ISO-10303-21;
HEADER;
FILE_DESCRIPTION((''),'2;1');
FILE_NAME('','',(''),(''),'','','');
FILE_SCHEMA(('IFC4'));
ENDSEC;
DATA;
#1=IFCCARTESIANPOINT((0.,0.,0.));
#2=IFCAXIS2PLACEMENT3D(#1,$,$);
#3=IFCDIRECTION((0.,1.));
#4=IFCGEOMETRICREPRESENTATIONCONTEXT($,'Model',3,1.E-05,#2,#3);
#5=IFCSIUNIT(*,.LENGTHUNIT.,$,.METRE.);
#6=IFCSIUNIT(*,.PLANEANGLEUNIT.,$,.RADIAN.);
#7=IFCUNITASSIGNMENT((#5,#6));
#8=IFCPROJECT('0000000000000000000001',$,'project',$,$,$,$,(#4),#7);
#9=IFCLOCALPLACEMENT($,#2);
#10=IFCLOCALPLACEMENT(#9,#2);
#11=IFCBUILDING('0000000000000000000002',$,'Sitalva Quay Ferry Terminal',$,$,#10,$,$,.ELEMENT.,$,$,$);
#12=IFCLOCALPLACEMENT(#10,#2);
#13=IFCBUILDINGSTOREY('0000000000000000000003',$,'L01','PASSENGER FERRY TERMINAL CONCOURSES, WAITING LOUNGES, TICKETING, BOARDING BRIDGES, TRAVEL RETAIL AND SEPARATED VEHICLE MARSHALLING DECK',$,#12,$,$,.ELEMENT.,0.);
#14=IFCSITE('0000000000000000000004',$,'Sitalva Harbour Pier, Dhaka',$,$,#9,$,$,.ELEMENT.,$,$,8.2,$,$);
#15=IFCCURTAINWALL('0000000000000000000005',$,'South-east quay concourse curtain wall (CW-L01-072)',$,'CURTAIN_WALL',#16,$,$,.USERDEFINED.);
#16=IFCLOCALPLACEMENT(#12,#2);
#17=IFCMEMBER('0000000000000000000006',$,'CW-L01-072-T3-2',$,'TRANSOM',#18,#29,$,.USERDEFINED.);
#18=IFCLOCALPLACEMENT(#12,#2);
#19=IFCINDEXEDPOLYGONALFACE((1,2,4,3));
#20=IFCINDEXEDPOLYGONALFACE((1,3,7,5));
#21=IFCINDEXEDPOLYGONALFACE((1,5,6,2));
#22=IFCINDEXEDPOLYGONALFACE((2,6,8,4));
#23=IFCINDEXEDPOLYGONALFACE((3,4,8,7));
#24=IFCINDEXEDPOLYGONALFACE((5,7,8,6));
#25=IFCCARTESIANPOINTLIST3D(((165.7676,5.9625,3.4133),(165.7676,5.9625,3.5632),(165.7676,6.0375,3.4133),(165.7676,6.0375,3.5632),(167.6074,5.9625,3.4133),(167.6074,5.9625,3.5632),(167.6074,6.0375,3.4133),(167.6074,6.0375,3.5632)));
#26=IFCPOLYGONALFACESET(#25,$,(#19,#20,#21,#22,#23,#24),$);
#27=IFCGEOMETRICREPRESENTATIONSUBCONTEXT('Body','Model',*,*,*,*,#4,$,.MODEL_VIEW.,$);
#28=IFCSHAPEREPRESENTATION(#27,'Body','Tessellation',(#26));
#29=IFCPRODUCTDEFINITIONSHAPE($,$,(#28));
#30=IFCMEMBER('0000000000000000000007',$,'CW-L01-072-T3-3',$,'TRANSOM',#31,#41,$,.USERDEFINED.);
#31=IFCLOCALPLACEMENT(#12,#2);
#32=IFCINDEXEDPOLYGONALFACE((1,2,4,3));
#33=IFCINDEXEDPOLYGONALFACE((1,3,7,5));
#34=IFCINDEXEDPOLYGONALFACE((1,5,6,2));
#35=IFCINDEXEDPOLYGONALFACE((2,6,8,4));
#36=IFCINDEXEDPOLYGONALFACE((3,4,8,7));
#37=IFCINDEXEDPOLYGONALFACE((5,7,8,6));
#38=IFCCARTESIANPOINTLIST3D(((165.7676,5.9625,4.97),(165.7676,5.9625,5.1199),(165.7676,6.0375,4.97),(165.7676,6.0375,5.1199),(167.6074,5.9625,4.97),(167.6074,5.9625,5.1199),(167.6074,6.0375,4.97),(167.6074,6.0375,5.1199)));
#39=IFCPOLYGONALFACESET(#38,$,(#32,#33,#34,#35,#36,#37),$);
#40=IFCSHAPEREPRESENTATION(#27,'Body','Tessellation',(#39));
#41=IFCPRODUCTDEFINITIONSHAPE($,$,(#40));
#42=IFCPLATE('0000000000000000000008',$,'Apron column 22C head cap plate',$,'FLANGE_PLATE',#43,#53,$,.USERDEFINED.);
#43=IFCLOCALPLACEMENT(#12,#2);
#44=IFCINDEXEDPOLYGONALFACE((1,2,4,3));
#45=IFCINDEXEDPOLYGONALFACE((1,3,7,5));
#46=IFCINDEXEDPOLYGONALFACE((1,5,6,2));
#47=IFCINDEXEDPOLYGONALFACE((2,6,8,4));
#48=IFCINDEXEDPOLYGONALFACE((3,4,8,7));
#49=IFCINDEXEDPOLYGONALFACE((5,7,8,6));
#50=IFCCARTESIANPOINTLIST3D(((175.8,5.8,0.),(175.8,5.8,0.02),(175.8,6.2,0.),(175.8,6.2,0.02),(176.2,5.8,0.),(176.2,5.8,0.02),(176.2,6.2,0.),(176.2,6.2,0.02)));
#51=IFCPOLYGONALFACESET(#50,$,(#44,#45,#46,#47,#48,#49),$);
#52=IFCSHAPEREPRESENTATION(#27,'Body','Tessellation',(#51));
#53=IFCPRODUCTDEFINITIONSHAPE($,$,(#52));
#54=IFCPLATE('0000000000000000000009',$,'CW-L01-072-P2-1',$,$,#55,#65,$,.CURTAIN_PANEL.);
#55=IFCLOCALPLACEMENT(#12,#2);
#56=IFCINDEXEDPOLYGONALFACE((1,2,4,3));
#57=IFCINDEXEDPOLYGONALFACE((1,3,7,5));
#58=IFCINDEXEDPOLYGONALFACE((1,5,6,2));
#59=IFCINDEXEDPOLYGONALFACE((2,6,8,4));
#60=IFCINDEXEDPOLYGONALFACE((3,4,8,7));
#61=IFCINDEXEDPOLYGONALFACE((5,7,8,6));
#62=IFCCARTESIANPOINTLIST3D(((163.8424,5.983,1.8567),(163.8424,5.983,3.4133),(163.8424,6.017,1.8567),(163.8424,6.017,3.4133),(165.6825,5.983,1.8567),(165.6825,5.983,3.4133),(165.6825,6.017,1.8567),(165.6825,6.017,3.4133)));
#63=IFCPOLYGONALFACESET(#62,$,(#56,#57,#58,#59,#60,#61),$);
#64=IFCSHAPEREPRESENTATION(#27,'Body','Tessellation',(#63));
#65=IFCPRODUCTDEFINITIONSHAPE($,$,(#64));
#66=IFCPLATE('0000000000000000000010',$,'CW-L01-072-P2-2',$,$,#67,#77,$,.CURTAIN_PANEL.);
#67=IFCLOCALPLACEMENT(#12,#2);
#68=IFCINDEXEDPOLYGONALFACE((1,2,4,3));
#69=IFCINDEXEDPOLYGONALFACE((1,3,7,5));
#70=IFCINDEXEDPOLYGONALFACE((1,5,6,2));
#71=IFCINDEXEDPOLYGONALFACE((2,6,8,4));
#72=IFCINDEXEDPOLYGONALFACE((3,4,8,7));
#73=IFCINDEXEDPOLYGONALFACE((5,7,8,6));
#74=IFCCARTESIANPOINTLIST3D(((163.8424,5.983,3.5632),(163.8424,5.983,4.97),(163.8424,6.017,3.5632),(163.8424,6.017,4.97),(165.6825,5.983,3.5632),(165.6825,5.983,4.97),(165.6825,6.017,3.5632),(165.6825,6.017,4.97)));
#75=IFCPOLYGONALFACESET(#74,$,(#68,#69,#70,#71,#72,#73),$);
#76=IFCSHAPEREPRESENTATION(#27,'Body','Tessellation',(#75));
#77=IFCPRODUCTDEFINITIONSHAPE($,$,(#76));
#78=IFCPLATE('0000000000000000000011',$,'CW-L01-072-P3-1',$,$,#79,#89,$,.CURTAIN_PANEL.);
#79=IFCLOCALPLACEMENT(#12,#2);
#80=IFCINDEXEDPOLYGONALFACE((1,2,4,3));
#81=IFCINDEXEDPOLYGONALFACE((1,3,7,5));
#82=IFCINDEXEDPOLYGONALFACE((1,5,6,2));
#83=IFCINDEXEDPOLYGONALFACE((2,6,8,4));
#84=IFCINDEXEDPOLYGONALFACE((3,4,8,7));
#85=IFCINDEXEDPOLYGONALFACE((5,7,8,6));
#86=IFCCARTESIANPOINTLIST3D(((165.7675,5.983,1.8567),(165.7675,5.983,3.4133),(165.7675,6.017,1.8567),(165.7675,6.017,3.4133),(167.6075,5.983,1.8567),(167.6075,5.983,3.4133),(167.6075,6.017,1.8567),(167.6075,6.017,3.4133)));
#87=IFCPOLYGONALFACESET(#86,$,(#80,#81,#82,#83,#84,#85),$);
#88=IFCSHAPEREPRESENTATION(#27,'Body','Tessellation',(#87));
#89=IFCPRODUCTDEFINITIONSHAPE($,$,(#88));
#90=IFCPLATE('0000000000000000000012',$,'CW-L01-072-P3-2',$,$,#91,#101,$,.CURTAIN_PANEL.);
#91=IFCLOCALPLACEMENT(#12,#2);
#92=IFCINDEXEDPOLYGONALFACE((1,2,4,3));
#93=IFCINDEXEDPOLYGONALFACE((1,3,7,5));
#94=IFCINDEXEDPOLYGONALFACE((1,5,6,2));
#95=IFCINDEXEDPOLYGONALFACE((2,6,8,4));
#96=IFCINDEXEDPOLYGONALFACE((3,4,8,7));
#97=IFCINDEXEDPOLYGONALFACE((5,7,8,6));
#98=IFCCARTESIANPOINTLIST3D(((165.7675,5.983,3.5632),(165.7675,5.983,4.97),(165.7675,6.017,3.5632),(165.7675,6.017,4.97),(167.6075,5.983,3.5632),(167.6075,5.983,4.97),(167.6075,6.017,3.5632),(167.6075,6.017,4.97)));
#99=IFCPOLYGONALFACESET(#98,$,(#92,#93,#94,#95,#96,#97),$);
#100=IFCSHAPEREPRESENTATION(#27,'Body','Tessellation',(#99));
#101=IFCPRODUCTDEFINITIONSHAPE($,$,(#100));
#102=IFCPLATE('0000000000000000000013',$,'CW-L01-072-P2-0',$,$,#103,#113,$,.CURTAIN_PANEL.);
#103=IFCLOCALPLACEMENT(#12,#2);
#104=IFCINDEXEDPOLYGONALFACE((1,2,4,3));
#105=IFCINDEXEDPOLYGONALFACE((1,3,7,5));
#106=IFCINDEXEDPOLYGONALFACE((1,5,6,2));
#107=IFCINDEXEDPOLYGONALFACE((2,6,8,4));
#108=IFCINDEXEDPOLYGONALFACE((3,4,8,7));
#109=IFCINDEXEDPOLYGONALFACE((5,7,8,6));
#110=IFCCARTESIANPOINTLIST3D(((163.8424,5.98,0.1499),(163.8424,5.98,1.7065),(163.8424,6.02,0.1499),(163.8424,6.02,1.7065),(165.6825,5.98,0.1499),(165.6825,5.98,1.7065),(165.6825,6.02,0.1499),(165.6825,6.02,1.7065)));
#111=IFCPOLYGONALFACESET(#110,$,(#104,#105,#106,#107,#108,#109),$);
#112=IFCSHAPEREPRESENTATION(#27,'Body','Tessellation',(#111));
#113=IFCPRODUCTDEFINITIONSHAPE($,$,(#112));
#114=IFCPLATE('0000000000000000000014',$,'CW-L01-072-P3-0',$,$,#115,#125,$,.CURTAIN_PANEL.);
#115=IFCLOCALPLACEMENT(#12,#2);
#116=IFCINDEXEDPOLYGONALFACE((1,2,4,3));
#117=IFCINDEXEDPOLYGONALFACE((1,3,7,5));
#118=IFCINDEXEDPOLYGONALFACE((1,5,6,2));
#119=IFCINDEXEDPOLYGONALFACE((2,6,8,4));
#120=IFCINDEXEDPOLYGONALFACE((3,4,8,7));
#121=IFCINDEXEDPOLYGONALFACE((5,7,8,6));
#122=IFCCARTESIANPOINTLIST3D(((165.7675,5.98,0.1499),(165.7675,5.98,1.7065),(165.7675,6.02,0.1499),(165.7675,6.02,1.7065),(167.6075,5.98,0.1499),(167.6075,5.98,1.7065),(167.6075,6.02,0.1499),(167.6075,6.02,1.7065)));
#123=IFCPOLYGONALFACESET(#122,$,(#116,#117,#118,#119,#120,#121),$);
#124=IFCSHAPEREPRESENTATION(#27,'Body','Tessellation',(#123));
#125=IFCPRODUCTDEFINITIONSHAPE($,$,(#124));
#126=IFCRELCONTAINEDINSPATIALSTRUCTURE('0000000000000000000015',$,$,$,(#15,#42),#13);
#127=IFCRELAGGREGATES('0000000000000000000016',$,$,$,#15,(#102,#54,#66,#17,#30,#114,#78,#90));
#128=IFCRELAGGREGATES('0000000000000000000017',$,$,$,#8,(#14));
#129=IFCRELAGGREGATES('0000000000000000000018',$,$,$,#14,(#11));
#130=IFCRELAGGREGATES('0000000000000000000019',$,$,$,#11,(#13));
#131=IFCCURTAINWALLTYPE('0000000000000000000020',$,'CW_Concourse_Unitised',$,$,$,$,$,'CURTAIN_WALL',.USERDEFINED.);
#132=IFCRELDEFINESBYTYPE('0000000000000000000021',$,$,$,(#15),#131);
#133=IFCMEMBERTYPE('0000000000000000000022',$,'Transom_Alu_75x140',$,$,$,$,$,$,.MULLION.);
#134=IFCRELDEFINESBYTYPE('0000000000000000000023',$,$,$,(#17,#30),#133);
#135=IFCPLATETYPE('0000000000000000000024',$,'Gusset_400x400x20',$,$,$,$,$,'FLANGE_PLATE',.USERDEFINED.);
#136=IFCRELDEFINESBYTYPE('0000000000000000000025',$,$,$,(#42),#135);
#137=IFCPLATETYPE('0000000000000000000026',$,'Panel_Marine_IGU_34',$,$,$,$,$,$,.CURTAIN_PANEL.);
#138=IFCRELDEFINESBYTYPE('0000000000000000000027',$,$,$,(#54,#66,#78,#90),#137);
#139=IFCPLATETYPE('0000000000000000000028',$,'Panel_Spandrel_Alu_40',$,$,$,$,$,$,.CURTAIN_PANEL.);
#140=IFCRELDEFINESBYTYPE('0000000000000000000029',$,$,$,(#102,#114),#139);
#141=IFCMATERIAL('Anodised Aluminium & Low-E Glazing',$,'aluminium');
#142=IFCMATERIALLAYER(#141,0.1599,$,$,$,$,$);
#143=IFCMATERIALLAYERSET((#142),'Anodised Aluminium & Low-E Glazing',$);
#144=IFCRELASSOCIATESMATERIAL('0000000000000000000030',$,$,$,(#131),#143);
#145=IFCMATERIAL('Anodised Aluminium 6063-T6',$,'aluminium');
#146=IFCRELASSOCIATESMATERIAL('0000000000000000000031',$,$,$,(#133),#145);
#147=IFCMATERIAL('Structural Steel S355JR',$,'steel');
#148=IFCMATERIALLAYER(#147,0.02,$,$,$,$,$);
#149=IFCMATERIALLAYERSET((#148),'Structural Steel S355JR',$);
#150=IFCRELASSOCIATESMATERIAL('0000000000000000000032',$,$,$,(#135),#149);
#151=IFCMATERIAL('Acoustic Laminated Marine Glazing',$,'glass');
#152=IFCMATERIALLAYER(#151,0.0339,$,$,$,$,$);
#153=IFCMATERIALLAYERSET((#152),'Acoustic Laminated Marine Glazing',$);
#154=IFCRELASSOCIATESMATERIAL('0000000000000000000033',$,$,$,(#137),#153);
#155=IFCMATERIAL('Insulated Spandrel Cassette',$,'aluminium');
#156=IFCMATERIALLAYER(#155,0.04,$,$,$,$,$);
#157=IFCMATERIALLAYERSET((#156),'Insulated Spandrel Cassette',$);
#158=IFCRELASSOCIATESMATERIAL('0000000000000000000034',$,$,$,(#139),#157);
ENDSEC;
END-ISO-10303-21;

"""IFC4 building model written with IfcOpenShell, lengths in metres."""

from ifc_helpers import new_model, si_unit, direction, frame, origin, origin_2d, place, context, subcontext, project, spatial, rectangle, extrude, material, layer, layer_set, material_profile, profile_set, type_object, element, aggregate, save


model = new_model("IFC4")

# Units and contexts
model_context = context("Model", 3, precision=1e-05, world=origin(), true_north=direction((0.0, 1.0)))
body_context = subcontext(model_context, "Body", "Model", "MODEL_VIEW")
ifc_project = project(units=[si_unit("LENGTHUNIT", "METRE"), si_unit("PLANEANGLEUNIT", "RADIAN")], contexts=[model_context])

# Site, building, storey
site_placement = place(None, origin())
site = spatial("IfcSite", under=ifc_project, at=site_placement, Name="Sitalva Harbour Pier, Dhaka", CompositionType="ELEMENT", RefElevation=8.2)
building_placement = place(site_placement, origin())
building = spatial("IfcBuilding", under=site, at=building_placement, Name="Sitalva Quay Ferry Terminal", CompositionType="ELEMENT")
storey_placement = place(building_placement, origin())
storey = spatial("IfcBuildingStorey", under=building, at=storey_placement, Name="L01", Description="PASSENGER FERRY TERMINAL CONCOURSES, WAITING LOUNGES, TICKETING, BOARDING BRIDGES, TRAVEL RETAIL AND SEPARATED VEHICLE MARSHALLING DECK", CompositionType="ELEMENT", Elevation=0.0)

# Curtain wall, members
ifc_material_1 = material(Name="Anodised Aluminium & Low-E Glazing", Category="aluminium")
ifc_layer_1 = layer(ifc_material_1, 0.1599)
ifc_layer_set_1 = layer_set([ifc_layer_1], Name="Anodised Aluminium & Low-E Glazing")
curtain_wall_type = type_object("IfcCurtainWallType", Name="CW_Concourse_Unitised", ElementType="CURTAIN_WALL", PredefinedType="USERDEFINED", material=ifc_layer_set_1)
curtain_wall_placement = place(storey_placement, origin())
curtain_wall = element("IfcCurtainWall", 1, at=curtain_wall_placement, inside=storey, type_object=curtain_wall_type, Name="South-east quay concourse curtain wall (CW-L01-072)", ObjectType="CURTAIN_WALL", PredefinedType="USERDEFINED")
ifc_material_2 = material(Name="Anodised Aluminium 6063-T6", Category="aluminium")
ifc_material_profile_1 = material_profile(ifc_material_2, rectangle(XDim=0.075, YDim=0.1499, at=origin_2d()), Name="ALU75x150")
ifc_profile_set_1 = profile_set([ifc_material_profile_1], Name="Anodised Aluminium 6063-T6")
member_type_1 = type_object("IfcMemberType", Name="Transom_Alu_75x140", PredefinedType="MULLION", material=ifc_profile_set_1)
member_1_placement = place(storey_placement, frame((165.7676, 6.0, 3.4883), z_axis=(1.0, 0.0, 0.0), x_axis=(0.0, 1.0, 0.0)))
member_1 = element("IfcMember", 2, at=member_1_placement, type_object=member_type_1, Name="CW-L01-072-T3-2", ObjectType="TRANSOM", PredefinedType="USERDEFINED", context=body_context, shape_type="SweptSolid", body=[
    extrude(rectangle(XDim=0.075, YDim=0.1499, at=origin_2d()), origin(), (0.0, 0.0, 1.0), 1.8398),
])
member_2_placement = place(storey_placement, frame((165.7676, 6.0, 5.0449), z_axis=(1.0, 0.0, 0.0), x_axis=(0.0, 1.0, 0.0)))
member_2 = element("IfcMember", 3, at=member_2_placement, type_object=member_type_1, Name="CW-L01-072-T3-3", ObjectType="TRANSOM", PredefinedType="USERDEFINED", context=body_context, shape_type="SweptSolid", body=[
    extrude(rectangle(XDim=0.075, YDim=0.1499, at=origin_2d()), origin(), (0.0, 0.0, 1.0), 1.8398),
])

# Plates
ifc_material_3 = material(Name="Structural Steel S355JR", Category="steel")
ifc_layer_2 = layer(ifc_material_3, 0.02)
ifc_layer_set_2 = layer_set([ifc_layer_2], Name="Structural Steel S355JR")
plate_type_1 = type_object("IfcPlateType", Name="Gusset_400x400x20", ElementType="FLANGE_PLATE", PredefinedType="USERDEFINED", material=ifc_layer_set_2)
plate_1_placement = place(storey_placement, frame((176.0, 6.0, 0.0), z_axis=(0.0, 0.0, 1.0), x_axis=(1.0, 0.0, 0.0)))
element("IfcPlate", 4, at=plate_1_placement, inside=storey, type_object=plate_type_1, Name="Apron column 22C head cap plate", ObjectType="FLANGE_PLATE", PredefinedType="USERDEFINED", context=body_context, shape_type="SweptSolid", body=[
    extrude(rectangle(XDim=0.3999, YDim=0.3999, at=origin_2d()), origin(), (0.0, 0.0, 1.0), 0.02),
])
ifc_material_4 = material(Name="Acoustic Laminated Marine Glazing", Category="glass")
ifc_layer_3 = layer(ifc_material_4, 0.0339)
ifc_layer_set_3 = layer_set([ifc_layer_3], Name="Acoustic Laminated Marine Glazing")
plate_type_2 = type_object("IfcPlateType", Name="Panel_Marine_IGU_34", PredefinedType="CURTAIN_PANEL", material=ifc_layer_set_3)
plate_2_placement = place(storey_placement, frame((164.7625, 6.0, 1.8567), z_axis=(0.0, 0.0, 1.0), x_axis=(1.0, 0.0, 0.0)))
plate_2 = element("IfcPlate", 5, at=plate_2_placement, type_object=plate_type_2, Name="CW-L01-072-P2-1", PredefinedType="CURTAIN_PANEL", context=body_context, shape_type="SweptSolid", body=[
    extrude(rectangle(XDim=1.8401, YDim=0.0339, at=origin_2d()), origin(), (0.0, 0.0, 1.0), 1.5566),
])
plate_3_placement = place(storey_placement, frame((164.7625, 6.0, 3.5632), z_axis=(0.0, 0.0, 1.0), x_axis=(1.0, 0.0, 0.0)))
plate_3 = element("IfcPlate", 6, at=plate_3_placement, type_object=plate_type_2, Name="CW-L01-072-P2-2", PredefinedType="CURTAIN_PANEL", context=body_context, shape_type="SweptSolid", body=[
    extrude(rectangle(XDim=1.8401, YDim=0.0339, at=origin_2d()), origin(), (0.0, 0.0, 1.0), 1.4067),
])
plate_4_placement = place(storey_placement, frame((166.6875, 6.0, 1.8567), z_axis=(0.0, 0.0, 1.0), x_axis=(1.0, 0.0, 0.0)))
plate_4 = element("IfcPlate", 7, at=plate_4_placement, type_object=plate_type_2, Name="CW-L01-072-P3-1", PredefinedType="CURTAIN_PANEL", context=body_context, shape_type="SweptSolid", body=[
    extrude(rectangle(XDim=1.8401, YDim=0.0339, at=origin_2d()), origin(), (0.0, 0.0, 1.0), 1.5566),
])
plate_5_placement = place(storey_placement, frame((166.6875, 6.0, 3.5632), z_axis=(0.0, 0.0, 1.0), x_axis=(1.0, 0.0, 0.0)))
plate_5 = element("IfcPlate", 8, at=plate_5_placement, type_object=plate_type_2, Name="CW-L01-072-P3-2", PredefinedType="CURTAIN_PANEL", context=body_context, shape_type="SweptSolid", body=[
    extrude(rectangle(XDim=1.8401, YDim=0.0339, at=origin_2d()), origin(), (0.0, 0.0, 1.0), 1.4067),
])
ifc_material_5 = material(Name="Insulated Spandrel Cassette", Category="aluminium")
ifc_layer_4 = layer(ifc_material_5, 0.04)
ifc_layer_set_4 = layer_set([ifc_layer_4], Name="Insulated Spandrel Cassette")
plate_type_3 = type_object("IfcPlateType", Name="Panel_Spandrel_Alu_40", PredefinedType="CURTAIN_PANEL", material=ifc_layer_set_4)
plate_6_placement = place(storey_placement, frame((164.7625, 6.0, 0.1499), z_axis=(0.0, 0.0, 1.0), x_axis=(1.0, 0.0, 0.0)))
plate_6 = element("IfcPlate", 9, at=plate_6_placement, type_object=plate_type_3, Name="CW-L01-072-P2-0", PredefinedType="CURTAIN_PANEL", context=body_context, shape_type="SweptSolid", body=[
    extrude(rectangle(XDim=1.8401, YDim=0.04, at=origin_2d()), origin(), (0.0, 0.0, 1.0), 1.5566),
])
plate_7_placement = place(storey_placement, frame((166.6875, 6.0, 0.1499), z_axis=(0.0, 0.0, 1.0), x_axis=(1.0, 0.0, 0.0)))
plate_7 = element("IfcPlate", 10, at=plate_7_placement, type_object=plate_type_3, Name="CW-L01-072-P3-0", PredefinedType="CURTAIN_PANEL", context=body_context, shape_type="SweptSolid", body=[
    extrude(rectangle(XDim=1.8401, YDim=0.04, at=origin_2d()), origin(), (0.0, 0.0, 1.0), 1.5566),
])
aggregate(curtain_wall, [plate_6, plate_2, plate_3, member_1, member_2, plate_7, plate_4, plate_5])

save(model, "model.ifc")
